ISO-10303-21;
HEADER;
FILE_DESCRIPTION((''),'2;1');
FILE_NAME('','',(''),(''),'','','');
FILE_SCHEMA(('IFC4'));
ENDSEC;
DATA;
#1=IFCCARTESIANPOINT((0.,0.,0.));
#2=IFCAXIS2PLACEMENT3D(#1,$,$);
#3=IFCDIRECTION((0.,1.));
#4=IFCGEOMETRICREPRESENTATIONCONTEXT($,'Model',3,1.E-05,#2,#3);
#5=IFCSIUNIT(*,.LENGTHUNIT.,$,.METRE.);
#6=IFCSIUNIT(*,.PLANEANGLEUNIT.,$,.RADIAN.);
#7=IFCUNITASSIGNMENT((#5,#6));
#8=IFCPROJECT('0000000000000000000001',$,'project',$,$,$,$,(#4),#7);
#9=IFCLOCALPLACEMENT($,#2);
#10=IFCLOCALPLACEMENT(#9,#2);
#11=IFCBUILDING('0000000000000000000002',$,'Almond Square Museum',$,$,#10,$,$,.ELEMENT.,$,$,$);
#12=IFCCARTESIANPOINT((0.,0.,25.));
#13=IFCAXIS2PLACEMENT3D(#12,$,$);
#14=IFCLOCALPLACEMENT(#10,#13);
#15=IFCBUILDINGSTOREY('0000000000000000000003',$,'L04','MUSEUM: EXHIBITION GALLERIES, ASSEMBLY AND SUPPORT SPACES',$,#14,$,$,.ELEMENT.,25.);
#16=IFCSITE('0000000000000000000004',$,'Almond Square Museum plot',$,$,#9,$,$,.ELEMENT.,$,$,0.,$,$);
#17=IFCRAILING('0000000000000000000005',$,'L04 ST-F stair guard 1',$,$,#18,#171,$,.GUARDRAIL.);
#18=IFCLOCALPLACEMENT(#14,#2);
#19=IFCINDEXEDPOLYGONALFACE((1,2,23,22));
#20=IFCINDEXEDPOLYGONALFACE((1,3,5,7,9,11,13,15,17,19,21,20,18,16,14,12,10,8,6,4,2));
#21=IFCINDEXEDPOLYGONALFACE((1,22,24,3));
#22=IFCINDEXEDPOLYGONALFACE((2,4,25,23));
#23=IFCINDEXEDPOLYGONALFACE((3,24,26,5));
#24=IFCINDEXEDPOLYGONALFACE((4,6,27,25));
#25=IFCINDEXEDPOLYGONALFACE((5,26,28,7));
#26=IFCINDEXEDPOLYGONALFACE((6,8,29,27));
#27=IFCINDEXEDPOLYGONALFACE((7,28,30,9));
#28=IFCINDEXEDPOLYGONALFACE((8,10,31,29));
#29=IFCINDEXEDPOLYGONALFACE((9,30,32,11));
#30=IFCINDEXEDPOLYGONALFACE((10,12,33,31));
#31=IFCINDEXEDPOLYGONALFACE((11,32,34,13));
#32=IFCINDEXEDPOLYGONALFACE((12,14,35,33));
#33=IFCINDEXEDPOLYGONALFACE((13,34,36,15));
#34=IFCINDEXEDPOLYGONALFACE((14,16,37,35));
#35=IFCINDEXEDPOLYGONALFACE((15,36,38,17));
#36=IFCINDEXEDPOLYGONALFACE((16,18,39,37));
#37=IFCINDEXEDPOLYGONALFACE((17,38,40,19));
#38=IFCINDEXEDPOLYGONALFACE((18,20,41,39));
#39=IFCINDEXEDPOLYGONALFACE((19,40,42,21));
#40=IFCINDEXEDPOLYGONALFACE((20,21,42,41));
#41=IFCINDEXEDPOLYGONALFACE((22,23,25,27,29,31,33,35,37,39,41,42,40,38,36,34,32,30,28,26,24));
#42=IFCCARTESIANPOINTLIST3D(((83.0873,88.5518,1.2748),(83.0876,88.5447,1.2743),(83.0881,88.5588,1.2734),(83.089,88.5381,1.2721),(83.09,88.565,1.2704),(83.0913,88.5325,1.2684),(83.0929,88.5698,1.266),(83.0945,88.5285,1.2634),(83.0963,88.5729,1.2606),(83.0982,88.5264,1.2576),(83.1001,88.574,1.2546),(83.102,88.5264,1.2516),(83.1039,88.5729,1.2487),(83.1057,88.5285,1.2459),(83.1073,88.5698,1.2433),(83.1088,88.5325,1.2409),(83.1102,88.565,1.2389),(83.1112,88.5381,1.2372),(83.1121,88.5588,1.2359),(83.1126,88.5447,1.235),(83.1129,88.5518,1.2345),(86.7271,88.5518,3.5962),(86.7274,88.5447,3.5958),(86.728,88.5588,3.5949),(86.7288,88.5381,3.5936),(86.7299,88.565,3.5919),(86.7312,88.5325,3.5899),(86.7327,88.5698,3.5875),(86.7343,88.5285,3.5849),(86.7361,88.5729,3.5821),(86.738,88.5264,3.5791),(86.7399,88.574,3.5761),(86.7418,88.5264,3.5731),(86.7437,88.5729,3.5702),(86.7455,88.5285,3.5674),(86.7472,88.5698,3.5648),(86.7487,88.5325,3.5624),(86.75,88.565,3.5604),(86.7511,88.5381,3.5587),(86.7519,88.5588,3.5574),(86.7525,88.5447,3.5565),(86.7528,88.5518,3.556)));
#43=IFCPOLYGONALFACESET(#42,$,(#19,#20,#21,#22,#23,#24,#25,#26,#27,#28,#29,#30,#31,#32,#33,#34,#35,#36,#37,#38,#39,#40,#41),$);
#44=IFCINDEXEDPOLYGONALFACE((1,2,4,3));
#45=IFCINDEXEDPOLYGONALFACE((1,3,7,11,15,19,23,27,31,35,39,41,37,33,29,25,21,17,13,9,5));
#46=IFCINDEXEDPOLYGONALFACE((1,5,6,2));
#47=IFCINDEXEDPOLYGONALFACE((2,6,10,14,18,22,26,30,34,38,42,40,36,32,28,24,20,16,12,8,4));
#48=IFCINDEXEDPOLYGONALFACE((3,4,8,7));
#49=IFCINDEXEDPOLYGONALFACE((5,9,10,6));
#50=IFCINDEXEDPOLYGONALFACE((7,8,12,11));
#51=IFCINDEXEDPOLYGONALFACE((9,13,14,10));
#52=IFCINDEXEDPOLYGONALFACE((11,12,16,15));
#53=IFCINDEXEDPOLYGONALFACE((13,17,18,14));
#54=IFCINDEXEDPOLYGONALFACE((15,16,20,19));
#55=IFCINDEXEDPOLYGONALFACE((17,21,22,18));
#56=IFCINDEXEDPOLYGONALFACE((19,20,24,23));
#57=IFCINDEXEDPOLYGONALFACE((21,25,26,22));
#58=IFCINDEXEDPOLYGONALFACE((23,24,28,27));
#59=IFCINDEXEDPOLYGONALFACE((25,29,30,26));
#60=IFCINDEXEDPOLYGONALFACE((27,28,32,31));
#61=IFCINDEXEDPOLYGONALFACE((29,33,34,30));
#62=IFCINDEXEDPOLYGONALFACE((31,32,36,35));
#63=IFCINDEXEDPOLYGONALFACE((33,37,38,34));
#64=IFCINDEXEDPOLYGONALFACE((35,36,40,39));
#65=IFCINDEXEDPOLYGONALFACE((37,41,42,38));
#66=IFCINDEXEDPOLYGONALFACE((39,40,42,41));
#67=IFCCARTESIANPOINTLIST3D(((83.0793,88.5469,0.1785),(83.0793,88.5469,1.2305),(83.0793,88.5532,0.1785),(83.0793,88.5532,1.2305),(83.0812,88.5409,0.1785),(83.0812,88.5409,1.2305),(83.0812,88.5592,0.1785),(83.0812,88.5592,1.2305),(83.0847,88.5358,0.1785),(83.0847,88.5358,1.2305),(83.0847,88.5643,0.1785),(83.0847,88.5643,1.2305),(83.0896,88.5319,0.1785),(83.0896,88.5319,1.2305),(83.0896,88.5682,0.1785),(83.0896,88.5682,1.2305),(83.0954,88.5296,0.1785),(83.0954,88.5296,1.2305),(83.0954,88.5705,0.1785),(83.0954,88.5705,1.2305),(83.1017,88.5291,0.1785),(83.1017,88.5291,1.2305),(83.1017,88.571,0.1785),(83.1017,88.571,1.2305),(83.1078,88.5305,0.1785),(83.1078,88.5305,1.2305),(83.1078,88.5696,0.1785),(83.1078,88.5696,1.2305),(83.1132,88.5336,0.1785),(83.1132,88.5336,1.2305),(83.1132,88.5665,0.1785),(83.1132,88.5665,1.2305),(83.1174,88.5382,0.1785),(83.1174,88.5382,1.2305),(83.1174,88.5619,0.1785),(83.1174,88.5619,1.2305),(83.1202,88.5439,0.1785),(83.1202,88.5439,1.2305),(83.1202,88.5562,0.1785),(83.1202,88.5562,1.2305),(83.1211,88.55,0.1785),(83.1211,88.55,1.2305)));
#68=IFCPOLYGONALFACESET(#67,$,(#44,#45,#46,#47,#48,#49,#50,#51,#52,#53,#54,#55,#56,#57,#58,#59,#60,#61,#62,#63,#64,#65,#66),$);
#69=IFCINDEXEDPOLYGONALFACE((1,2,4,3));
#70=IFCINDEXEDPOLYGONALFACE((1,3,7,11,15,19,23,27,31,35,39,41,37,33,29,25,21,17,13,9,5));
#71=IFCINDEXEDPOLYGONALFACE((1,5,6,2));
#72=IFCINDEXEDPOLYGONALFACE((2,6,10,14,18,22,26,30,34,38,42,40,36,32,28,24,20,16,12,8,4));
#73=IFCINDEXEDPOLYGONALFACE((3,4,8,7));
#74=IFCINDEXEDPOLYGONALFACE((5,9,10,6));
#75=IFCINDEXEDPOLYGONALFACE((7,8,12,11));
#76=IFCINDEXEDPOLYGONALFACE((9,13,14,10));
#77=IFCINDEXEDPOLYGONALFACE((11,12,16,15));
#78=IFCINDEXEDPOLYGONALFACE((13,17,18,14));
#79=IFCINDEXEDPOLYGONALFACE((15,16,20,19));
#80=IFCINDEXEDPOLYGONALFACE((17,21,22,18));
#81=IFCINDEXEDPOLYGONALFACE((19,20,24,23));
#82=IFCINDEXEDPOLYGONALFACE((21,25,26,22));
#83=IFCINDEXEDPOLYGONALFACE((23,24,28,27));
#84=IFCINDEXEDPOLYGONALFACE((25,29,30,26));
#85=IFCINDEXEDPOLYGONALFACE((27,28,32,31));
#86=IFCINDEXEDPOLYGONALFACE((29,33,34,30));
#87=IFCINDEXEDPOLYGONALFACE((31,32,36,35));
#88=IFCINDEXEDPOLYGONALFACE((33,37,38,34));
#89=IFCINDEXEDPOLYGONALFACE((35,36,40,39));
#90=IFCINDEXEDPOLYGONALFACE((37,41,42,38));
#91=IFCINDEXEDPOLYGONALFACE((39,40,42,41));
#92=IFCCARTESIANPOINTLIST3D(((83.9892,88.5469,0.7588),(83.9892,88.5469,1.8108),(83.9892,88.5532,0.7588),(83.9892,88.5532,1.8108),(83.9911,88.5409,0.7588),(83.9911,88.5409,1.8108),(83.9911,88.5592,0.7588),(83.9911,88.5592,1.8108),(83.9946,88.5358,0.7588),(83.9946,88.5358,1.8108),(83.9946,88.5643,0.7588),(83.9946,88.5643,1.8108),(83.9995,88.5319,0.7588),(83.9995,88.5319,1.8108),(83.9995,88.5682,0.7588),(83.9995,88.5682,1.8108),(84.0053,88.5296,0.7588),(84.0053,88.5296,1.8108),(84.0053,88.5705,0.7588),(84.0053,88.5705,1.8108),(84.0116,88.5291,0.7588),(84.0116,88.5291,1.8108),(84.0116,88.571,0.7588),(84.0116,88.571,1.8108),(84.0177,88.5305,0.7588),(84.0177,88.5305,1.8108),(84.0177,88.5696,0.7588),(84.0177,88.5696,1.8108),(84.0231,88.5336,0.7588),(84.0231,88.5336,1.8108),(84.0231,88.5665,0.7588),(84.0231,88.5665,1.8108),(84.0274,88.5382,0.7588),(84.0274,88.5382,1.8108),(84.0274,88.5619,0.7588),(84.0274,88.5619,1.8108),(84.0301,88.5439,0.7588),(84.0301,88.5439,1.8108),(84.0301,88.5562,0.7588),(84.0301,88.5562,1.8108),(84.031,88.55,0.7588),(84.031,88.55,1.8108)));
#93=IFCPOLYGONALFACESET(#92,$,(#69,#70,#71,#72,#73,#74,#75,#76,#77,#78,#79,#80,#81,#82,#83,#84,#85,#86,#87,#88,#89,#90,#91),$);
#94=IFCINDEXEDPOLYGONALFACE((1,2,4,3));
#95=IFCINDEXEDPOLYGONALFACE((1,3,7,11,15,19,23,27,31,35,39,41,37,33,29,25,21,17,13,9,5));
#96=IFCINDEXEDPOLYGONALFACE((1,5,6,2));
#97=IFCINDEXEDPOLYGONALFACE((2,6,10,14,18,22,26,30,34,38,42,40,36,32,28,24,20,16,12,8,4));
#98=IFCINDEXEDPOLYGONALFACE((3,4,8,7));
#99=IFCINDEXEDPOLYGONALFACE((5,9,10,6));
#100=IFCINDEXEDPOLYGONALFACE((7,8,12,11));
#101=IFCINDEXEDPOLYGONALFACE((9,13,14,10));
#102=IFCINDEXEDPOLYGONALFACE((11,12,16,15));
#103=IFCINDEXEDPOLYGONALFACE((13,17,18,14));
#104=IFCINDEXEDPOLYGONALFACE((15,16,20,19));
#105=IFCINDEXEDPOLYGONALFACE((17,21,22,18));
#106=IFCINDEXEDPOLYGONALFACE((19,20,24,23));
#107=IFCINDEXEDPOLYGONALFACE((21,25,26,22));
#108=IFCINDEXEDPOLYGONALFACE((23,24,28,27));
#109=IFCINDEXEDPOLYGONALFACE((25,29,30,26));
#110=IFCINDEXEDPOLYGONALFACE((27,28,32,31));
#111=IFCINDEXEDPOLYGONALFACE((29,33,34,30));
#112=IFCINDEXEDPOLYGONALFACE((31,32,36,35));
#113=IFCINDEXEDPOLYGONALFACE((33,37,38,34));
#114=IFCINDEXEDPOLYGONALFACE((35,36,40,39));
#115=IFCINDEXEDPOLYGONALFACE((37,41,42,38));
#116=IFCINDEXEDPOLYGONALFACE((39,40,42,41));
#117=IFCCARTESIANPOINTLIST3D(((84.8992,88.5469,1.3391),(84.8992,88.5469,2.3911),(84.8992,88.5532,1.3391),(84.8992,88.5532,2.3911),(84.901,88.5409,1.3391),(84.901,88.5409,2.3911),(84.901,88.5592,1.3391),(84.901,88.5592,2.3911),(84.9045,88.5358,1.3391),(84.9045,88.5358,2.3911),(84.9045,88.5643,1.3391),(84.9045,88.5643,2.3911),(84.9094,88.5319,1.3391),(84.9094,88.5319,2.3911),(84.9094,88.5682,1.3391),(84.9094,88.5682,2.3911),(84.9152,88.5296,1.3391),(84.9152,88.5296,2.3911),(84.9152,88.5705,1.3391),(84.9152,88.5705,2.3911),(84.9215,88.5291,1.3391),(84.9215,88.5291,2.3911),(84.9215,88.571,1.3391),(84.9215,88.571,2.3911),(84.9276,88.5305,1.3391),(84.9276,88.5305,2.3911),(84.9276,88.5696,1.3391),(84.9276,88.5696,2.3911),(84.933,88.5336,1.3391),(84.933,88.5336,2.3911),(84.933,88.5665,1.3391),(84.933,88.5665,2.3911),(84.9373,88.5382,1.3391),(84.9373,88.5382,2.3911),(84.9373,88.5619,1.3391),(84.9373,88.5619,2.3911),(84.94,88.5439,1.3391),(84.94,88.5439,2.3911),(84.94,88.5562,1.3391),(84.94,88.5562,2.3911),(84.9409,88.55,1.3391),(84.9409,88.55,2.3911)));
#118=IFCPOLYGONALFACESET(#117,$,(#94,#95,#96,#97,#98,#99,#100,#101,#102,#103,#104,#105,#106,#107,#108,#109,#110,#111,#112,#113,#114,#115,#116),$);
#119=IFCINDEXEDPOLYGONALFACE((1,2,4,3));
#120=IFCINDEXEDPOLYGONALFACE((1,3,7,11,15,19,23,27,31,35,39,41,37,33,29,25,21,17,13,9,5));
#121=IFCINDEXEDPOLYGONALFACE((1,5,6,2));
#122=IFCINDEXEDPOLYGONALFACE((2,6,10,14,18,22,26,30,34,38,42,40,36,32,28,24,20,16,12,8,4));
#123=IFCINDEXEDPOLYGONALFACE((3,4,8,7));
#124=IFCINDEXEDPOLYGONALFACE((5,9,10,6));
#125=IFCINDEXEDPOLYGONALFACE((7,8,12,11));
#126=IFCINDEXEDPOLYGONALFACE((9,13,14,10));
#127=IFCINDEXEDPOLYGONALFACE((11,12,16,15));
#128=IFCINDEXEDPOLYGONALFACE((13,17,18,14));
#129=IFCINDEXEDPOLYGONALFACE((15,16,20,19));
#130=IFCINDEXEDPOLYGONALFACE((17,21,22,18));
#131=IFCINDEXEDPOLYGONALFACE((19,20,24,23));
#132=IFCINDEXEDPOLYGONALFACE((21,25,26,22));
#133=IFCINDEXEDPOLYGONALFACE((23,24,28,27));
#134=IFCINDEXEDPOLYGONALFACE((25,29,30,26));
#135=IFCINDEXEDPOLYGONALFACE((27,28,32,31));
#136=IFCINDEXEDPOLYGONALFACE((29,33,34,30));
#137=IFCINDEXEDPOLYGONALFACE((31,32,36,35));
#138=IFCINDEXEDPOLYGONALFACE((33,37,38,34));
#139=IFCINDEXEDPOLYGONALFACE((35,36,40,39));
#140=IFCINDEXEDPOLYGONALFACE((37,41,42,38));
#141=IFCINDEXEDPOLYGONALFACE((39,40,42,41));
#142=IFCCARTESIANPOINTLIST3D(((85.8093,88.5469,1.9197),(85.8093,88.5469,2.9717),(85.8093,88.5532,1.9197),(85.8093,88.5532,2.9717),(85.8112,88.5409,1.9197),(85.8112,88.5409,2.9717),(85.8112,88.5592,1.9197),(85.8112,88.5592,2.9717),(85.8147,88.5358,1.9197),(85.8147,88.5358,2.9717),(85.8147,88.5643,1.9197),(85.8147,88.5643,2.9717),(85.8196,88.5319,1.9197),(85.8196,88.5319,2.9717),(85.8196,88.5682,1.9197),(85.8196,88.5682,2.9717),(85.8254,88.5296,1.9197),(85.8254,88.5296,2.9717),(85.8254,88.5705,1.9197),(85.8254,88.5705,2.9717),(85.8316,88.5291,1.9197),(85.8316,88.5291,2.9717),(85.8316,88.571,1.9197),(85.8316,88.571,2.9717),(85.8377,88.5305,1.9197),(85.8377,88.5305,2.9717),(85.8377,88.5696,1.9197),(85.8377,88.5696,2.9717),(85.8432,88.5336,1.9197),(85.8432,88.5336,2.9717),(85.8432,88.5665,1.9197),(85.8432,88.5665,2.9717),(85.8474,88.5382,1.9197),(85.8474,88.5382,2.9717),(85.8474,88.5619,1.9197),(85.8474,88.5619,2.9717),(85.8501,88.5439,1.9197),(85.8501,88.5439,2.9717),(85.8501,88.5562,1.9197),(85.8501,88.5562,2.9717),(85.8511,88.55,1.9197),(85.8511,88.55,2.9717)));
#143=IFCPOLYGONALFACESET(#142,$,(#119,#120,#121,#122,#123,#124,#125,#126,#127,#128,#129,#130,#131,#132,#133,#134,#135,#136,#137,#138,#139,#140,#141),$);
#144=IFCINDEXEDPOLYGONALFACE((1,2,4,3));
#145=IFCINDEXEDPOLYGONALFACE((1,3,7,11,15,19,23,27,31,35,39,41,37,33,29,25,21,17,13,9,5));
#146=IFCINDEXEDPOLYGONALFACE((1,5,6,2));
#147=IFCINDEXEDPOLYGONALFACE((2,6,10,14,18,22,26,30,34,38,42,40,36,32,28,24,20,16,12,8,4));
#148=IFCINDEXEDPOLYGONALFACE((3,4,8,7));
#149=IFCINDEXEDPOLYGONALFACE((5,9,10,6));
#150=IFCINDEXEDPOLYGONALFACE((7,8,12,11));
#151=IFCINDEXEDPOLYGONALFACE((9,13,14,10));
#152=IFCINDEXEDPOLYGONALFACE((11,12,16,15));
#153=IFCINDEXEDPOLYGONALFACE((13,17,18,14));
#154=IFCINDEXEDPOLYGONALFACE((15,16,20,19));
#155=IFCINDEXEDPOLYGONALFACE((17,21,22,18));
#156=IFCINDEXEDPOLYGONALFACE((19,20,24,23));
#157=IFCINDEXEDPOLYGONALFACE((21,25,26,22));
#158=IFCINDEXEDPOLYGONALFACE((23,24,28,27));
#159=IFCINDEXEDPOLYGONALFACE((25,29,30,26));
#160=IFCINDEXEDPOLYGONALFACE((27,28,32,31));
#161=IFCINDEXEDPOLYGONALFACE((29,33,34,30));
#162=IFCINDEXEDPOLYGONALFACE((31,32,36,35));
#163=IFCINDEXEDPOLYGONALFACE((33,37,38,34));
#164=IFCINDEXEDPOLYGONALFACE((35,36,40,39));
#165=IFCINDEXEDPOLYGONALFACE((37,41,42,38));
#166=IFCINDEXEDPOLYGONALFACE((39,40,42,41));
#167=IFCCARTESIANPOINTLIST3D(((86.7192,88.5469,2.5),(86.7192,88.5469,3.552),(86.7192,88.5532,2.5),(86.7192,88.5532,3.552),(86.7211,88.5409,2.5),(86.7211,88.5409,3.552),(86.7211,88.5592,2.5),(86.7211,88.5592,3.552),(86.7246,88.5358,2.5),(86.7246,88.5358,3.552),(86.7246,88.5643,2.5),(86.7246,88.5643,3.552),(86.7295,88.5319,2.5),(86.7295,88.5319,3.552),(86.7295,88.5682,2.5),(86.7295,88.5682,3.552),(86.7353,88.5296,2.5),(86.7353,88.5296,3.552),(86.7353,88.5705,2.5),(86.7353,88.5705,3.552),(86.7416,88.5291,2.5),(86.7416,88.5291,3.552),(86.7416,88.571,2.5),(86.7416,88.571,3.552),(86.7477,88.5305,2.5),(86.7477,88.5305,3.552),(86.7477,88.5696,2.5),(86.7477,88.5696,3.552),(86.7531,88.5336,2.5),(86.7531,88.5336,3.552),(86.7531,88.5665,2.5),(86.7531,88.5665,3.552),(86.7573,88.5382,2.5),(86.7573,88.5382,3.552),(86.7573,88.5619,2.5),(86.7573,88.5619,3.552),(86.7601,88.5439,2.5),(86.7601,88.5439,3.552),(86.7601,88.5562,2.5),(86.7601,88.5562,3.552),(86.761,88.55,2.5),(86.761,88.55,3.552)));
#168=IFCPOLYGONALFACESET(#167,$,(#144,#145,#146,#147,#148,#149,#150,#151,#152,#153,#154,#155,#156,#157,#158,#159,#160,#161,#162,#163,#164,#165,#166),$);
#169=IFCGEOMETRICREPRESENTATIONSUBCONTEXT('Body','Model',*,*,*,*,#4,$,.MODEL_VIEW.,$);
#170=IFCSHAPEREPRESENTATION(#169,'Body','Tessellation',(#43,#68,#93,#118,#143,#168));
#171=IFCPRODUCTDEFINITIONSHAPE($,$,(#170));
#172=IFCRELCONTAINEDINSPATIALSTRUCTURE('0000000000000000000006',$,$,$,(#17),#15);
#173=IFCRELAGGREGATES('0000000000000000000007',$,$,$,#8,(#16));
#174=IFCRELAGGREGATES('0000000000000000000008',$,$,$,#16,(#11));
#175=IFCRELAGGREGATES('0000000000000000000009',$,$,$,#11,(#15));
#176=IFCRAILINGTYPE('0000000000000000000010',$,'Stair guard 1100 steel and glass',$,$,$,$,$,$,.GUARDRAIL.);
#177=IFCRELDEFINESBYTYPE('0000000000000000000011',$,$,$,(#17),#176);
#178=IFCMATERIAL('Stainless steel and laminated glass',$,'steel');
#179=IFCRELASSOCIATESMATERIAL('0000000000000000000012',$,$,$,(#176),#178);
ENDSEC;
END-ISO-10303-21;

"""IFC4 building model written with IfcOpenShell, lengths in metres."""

from ifc_helpers import new_model, si_unit, direction, frame, origin, origin_2d, place, context, subcontext, project, spatial, circle, extrude, material, type_object, element, save


model = new_model("IFC4")

# Units and contexts
model_context = context("Model", 3, precision=1e-05, world=origin(), true_north=direction((0.0, 1.0)))
body_context = subcontext(model_context, "Body", "Model", "MODEL_VIEW")
ifc_project = project(units=[si_unit("LENGTHUNIT", "METRE"), si_unit("PLANEANGLEUNIT", "RADIAN")], contexts=[model_context])

# Site, building, storey
site_placement = place(None, origin())
site = spatial("IfcSite", under=ifc_project, at=site_placement, Name="Almond Square Museum plot", CompositionType="ELEMENT", RefElevation=0.0)
building_placement = place(site_placement, origin())
building = spatial("IfcBuilding", under=site, at=building_placement, Name="Almond Square Museum", CompositionType="ELEMENT")
storey_placement = place(building_placement, frame((0.0, 0.0, 25.0)))
storey = spatial("IfcBuildingStorey", under=building, at=storey_placement, Name="L04", Description="MUSEUM: EXHIBITION GALLERIES, ASSEMBLY AND SUPPORT SPACES", CompositionType="ELEMENT", Elevation=25.0)

# Railing
ifc_material_1 = material(Name="Stainless steel and laminated glass", Category="steel")
railing_type_1 = type_object("IfcRailingType", Name="Stair guard 1100 steel and glass", PredefinedType="GUARDRAIL", material=ifc_material_1)
railing_1_placement = place(storey_placement, frame((83.1001, 88.55, 0.1785)))
element("IfcRailing", 1, at=railing_1_placement, inside=storey, type_object=railing_type_1, Name="L04 ST-F stair guard 1", PredefinedType="GUARDRAIL", context=body_context, shape_type="SweptSolid", body=[
    extrude(circle(Radius=0.0239, at=origin_2d()), frame((0.0, 0.0, 1.0762), z_axis=(0.843112, 0.0, 0.537739), x_axis=(0.0, 1.0, 0.0)), (0.0, 0.0, 1.0), 4.3171),
    extrude(circle(Radius=0.021, at=origin_2d()), origin(), (0.0, 0.0, 1.0), 1.052),
    extrude(circle(Radius=0.021, at=origin_2d()), frame((0.9099, 0.0, 0.5803)), (0.0, 0.0, 1.0), 1.052),
    extrude(circle(Radius=0.021, at=origin_2d()), frame((1.8198, 0.0, 1.1606)), (0.0, 0.0, 1.0), 1.052),
    extrude(circle(Radius=0.021, at=origin_2d()), frame((2.73, 0.0, 1.7412)), (0.0, 0.0, 1.0), 1.052),
    extrude(circle(Radius=0.021, at=origin_2d()), frame((3.6399, 0.0, 2.3215)), (0.0, 0.0, 1.0), 1.052),
])

save(model, "model.ifc")
